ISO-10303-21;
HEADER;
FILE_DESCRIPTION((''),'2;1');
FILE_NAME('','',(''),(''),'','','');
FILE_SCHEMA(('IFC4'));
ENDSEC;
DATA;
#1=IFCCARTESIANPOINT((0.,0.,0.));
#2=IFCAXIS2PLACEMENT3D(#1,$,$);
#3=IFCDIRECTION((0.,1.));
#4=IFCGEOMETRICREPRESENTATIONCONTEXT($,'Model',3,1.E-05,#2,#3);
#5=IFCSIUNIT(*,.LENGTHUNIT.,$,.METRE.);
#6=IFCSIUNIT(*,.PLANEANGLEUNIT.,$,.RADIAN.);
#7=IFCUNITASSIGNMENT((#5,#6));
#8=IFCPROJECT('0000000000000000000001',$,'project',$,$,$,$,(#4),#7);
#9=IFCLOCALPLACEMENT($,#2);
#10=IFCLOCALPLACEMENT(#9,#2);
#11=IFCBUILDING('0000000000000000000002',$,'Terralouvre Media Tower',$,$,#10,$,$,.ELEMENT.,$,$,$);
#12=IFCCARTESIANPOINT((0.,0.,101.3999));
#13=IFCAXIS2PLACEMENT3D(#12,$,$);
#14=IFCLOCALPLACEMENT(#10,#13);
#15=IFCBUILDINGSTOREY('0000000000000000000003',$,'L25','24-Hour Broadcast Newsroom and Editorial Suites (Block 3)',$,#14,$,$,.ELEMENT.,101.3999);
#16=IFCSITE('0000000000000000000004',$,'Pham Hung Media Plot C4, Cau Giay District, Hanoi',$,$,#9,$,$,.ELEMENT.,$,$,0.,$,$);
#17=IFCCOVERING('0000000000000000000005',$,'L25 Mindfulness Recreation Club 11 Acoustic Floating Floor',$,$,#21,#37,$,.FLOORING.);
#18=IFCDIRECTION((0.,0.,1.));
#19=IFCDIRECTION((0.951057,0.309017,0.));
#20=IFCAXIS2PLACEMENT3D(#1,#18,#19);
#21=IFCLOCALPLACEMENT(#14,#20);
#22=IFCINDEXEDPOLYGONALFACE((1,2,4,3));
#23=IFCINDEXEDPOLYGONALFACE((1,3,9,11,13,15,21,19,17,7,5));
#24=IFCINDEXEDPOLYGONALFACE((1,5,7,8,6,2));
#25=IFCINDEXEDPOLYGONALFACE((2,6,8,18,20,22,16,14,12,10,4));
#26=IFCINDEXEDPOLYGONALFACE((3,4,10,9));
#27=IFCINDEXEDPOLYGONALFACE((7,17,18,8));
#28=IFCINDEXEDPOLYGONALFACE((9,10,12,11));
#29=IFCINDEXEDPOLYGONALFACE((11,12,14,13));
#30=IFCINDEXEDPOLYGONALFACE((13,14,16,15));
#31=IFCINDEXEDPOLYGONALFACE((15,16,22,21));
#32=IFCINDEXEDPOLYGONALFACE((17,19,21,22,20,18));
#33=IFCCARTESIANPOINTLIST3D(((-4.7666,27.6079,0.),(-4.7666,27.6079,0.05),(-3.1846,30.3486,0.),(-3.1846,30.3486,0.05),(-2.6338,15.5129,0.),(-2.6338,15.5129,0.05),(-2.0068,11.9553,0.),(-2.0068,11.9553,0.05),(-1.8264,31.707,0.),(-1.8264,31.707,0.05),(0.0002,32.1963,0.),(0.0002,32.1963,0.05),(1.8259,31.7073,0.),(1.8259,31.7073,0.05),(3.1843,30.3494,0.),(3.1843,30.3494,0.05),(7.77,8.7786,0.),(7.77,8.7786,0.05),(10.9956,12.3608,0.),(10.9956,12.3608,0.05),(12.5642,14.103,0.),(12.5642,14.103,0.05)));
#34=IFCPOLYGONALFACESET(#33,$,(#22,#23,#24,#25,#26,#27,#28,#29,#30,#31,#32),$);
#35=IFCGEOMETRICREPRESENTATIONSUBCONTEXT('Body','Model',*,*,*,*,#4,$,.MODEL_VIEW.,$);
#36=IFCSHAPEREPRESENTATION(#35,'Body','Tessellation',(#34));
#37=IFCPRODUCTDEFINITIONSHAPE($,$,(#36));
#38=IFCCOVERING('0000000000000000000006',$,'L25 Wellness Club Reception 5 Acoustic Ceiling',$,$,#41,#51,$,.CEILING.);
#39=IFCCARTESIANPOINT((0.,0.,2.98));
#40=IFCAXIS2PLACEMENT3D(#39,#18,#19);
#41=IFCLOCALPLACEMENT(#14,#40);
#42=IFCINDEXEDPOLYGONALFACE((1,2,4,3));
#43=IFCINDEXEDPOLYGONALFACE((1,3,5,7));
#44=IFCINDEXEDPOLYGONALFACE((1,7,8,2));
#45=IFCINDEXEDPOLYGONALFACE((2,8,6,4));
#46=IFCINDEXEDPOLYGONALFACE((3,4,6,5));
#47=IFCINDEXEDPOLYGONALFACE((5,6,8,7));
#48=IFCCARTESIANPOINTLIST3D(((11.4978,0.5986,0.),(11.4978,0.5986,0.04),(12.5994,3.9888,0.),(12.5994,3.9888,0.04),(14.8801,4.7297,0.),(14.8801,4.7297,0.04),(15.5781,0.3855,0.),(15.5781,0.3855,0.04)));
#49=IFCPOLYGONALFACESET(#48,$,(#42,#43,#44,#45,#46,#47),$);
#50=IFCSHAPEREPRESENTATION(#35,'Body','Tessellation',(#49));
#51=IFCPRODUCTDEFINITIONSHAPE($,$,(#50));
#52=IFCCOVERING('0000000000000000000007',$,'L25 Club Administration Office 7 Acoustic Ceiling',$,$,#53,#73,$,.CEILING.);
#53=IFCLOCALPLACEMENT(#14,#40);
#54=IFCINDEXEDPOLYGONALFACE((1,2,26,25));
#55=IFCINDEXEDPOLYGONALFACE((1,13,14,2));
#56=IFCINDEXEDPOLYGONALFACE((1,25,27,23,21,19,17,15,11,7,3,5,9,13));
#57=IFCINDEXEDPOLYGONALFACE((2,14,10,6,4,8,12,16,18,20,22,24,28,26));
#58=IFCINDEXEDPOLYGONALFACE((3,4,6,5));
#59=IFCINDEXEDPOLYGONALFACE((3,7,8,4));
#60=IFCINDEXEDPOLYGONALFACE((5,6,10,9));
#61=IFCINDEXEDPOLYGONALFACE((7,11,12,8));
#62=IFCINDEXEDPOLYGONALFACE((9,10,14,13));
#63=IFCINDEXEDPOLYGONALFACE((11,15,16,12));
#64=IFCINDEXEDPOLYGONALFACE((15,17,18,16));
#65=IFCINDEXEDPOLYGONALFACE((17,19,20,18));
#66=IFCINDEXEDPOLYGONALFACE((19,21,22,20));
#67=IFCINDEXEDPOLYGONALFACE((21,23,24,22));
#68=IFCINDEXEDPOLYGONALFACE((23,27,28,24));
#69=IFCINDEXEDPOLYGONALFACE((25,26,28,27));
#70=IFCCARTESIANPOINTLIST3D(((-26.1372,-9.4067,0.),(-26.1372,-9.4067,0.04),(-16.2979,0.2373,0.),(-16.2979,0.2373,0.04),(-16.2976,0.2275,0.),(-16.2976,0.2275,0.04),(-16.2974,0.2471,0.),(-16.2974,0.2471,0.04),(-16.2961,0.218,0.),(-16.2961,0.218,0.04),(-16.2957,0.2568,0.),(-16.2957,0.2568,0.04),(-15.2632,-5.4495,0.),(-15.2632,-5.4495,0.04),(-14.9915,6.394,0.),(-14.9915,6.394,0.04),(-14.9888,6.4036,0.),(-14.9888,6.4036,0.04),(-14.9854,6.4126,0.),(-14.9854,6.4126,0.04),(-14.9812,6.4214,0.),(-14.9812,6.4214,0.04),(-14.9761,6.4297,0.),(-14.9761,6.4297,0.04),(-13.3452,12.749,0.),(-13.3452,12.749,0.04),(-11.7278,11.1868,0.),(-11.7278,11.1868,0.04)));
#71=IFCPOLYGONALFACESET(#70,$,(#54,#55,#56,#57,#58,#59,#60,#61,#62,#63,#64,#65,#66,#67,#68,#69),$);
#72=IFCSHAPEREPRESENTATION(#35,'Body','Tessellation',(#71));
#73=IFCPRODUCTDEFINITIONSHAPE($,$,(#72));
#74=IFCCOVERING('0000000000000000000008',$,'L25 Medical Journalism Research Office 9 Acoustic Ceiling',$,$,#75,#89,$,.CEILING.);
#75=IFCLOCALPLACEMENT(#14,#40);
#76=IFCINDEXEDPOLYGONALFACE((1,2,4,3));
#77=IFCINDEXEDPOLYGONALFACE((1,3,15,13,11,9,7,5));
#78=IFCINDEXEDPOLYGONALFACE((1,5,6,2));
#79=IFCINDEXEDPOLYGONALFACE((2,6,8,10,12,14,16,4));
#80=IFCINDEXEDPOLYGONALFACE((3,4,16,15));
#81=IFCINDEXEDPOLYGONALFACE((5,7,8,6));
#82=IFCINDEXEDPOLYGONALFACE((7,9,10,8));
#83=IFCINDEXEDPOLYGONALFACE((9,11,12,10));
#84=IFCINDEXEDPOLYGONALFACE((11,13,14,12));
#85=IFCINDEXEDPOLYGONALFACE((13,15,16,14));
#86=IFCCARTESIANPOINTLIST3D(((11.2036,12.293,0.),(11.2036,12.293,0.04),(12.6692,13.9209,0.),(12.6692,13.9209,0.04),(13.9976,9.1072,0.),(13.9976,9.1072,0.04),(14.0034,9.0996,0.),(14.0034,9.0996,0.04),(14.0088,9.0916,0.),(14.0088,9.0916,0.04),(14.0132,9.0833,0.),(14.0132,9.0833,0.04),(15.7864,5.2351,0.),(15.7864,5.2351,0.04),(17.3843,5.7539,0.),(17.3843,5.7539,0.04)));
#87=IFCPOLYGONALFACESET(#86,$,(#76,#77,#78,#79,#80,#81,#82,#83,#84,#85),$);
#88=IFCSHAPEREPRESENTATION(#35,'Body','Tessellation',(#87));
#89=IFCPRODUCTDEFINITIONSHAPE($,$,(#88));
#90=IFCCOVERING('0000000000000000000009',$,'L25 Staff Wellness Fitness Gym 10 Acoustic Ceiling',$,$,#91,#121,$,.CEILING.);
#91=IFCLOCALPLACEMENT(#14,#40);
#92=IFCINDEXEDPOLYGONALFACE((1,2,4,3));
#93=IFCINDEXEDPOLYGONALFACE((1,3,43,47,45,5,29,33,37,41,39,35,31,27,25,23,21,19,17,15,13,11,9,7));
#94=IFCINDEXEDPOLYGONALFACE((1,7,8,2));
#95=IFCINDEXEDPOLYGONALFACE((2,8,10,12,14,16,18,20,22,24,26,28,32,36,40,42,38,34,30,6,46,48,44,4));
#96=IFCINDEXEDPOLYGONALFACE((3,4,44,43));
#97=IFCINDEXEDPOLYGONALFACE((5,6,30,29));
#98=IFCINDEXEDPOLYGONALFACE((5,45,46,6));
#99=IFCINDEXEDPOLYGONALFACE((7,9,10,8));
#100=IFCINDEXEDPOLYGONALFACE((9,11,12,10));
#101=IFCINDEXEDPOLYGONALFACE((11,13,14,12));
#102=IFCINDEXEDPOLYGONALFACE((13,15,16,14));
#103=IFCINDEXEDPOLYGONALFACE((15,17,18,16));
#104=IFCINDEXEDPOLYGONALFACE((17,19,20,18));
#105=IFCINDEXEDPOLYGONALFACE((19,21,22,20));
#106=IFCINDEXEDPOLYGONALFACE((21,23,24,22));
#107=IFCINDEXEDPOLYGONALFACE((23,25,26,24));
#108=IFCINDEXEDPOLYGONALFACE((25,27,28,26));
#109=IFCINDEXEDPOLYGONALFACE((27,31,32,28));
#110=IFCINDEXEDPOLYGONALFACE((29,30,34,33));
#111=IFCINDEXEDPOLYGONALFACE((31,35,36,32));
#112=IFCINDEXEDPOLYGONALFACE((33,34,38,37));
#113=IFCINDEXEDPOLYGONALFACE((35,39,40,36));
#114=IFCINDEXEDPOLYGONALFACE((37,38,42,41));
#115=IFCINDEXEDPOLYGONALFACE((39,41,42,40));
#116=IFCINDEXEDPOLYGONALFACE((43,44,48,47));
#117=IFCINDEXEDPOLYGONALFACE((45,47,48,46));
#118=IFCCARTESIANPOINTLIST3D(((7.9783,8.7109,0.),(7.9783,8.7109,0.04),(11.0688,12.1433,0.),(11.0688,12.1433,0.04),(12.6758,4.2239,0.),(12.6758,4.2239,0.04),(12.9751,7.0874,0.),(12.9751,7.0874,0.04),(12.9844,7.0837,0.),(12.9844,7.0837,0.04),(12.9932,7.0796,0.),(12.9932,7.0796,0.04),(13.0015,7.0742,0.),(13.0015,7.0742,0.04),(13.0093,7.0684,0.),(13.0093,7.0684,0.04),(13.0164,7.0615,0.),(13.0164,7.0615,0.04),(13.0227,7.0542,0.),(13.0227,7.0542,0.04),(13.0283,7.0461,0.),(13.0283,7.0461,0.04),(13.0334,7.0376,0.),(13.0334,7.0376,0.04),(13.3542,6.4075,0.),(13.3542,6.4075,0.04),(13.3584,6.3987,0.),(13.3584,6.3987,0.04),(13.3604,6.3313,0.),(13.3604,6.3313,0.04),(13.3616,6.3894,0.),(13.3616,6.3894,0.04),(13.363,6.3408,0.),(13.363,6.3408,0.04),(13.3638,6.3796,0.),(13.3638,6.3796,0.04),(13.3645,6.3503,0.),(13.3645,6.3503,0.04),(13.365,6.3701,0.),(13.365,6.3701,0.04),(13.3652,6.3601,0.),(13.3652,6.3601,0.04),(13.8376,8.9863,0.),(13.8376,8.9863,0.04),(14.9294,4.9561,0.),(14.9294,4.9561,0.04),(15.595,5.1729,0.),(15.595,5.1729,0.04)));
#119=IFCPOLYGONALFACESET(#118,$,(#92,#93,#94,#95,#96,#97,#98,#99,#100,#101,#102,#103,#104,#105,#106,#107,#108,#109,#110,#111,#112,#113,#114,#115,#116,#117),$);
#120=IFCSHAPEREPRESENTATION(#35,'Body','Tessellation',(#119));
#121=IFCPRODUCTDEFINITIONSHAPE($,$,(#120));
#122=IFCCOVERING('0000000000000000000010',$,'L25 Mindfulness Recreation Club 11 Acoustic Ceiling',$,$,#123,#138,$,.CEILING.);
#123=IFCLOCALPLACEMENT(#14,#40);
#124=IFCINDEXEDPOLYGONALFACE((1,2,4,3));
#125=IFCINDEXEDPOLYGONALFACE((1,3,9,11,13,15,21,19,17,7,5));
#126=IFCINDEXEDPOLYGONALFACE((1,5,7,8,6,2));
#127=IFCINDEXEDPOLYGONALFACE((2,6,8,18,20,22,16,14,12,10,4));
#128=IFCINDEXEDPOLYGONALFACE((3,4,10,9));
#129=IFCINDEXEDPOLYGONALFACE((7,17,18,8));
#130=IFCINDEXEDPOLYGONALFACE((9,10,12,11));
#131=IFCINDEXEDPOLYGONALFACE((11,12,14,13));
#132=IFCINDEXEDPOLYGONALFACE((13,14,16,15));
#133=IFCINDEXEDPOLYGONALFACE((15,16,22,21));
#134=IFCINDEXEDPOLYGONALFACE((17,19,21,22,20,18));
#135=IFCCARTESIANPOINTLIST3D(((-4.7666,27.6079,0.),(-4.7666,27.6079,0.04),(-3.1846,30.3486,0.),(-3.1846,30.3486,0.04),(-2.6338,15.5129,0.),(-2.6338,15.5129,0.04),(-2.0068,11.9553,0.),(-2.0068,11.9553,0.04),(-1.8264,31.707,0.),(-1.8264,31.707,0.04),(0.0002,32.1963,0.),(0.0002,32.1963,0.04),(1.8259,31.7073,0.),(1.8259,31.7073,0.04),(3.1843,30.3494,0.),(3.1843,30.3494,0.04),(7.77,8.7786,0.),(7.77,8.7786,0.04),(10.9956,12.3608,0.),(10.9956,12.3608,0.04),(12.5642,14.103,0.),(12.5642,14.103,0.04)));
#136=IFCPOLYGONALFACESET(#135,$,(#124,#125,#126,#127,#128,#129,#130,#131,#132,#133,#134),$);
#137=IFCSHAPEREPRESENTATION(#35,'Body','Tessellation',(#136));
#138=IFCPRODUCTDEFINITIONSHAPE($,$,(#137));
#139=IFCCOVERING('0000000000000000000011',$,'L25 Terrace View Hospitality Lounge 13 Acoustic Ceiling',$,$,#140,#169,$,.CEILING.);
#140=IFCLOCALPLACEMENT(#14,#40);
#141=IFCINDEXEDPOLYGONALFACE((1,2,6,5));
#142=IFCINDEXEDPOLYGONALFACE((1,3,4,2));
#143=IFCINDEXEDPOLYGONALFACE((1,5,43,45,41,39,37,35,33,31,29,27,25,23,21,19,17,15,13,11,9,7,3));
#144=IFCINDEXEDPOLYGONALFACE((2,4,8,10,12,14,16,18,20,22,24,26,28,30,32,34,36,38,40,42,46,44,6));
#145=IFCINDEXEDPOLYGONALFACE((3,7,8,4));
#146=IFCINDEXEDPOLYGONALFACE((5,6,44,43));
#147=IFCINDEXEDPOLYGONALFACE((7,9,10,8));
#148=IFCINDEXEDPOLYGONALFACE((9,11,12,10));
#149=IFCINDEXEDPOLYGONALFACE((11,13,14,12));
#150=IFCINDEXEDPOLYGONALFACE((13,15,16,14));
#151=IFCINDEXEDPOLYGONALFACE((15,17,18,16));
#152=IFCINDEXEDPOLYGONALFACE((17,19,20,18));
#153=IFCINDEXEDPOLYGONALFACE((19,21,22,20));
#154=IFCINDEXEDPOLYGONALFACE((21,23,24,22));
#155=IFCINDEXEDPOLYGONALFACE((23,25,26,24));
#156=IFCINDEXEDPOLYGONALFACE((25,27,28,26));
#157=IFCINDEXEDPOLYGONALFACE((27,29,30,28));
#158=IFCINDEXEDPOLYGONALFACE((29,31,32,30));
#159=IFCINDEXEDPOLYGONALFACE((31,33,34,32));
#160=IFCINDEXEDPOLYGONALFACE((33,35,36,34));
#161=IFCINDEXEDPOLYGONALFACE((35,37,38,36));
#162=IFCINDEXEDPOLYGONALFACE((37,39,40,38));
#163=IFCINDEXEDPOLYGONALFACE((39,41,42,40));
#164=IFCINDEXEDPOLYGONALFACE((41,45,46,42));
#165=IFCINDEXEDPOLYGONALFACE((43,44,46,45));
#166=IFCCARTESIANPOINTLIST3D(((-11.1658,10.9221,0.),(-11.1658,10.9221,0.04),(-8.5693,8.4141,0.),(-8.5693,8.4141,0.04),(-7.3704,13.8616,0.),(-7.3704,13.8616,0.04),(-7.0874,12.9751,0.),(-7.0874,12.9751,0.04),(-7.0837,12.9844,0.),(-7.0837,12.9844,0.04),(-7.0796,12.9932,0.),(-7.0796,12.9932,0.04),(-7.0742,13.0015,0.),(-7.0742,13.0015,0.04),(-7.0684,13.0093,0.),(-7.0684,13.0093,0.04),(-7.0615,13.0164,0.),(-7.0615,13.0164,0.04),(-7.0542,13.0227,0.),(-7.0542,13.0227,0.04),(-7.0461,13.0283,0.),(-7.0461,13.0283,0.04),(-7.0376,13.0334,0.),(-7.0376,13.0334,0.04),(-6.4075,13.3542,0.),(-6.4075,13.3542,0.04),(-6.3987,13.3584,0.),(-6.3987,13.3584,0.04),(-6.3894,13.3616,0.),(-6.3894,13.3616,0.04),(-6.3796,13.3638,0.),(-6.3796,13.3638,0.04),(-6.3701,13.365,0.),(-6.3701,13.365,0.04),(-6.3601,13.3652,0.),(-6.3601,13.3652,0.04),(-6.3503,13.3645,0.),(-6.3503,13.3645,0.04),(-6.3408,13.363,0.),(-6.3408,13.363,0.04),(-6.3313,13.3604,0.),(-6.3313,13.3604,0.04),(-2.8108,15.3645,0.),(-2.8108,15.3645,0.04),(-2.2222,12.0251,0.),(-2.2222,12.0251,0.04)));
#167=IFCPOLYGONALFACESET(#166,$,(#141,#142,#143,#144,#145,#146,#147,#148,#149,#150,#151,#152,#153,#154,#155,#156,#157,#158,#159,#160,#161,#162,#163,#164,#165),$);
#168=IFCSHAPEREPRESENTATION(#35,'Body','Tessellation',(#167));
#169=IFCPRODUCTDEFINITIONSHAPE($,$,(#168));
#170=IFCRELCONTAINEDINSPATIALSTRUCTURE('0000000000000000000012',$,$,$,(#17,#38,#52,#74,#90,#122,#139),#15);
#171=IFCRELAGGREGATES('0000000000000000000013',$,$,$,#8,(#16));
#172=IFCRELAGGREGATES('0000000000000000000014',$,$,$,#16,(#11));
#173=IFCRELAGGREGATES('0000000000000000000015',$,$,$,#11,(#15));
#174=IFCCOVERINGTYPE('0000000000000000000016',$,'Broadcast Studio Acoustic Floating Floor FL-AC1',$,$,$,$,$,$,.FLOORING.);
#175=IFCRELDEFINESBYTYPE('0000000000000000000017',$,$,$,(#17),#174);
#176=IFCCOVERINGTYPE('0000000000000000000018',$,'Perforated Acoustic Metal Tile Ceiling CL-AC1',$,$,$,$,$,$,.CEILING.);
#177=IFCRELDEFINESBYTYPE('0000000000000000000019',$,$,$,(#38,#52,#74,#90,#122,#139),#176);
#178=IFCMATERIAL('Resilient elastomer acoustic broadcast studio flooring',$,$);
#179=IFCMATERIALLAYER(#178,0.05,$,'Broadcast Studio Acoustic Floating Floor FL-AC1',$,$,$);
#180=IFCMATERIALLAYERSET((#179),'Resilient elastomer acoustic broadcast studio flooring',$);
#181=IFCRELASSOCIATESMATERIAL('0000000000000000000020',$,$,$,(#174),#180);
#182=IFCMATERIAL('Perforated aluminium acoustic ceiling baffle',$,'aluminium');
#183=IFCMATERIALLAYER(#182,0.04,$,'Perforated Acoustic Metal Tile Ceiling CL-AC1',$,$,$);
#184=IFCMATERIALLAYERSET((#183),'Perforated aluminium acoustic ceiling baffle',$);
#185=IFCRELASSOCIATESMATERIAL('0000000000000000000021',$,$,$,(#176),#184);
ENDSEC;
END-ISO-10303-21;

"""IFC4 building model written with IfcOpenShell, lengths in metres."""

from ifc_helpers import new_model, si_unit, direction, frame, origin, place, context, subcontext, project, spatial, polyline, outline, extrude, material, layer, layer_set, type_object, element, save


model = new_model("IFC4")

# Units and contexts
model_context = context("Model", 3, precision=1e-05, world=origin(), true_north=direction((0.0, 1.0)))
body_context = subcontext(model_context, "Body", "Model", "MODEL_VIEW")
ifc_project = project(units=[si_unit("LENGTHUNIT", "METRE"), si_unit("PLANEANGLEUNIT", "RADIAN")], contexts=[model_context])

# Site, building, storey
site_placement = place(None, origin())
site = spatial("IfcSite", under=ifc_project, at=site_placement, Name="Pham Hung Media Plot C4, Cau Giay District, Hanoi", CompositionType="ELEMENT", RefElevation=0.0)
building_placement = place(site_placement, origin())
building = spatial("IfcBuilding", under=site, at=building_placement, Name="Terralouvre Media Tower", CompositionType="ELEMENT")
storey_placement = place(building_placement, frame((0.0, 0.0, 101.3999)))
storey = spatial("IfcBuildingStorey", under=building, at=storey_placement, Name="L25", Description="24-Hour Broadcast Newsroom and Editorial Suites (Block 3)", CompositionType="ELEMENT", Elevation=101.3999)

# Coverings
ifc_material_1 = material(Name="Resilient elastomer acoustic broadcast studio flooring")
ifc_layer_1 = layer(ifc_material_1, 0.05, Name="Broadcast Studio Acoustic Floating Floor FL-AC1")
ifc_layer_set_1 = layer_set([ifc_layer_1], Name="Resilient elastomer acoustic broadcast studio flooring")
covering_type_1 = type_object("IfcCoveringType", Name="Broadcast Studio Acoustic Floating Floor FL-AC1", PredefinedType="FLOORING", material=ifc_layer_set_1)
covering_1_placement = place(storey_placement, frame((0.0, 0.0, 0.0), z_axis=(0.0, 0.0, 1.0), x_axis=(0.951057, 0.309017, 0.0)))
element("IfcCovering", 1, at=covering_1_placement, inside=storey, type_object=covering_type_1, Name="L25 Mindfulness Recreation Club 11 Acoustic Floating Floor", PredefinedType="FLOORING", context=body_context, shape_type="SweptSolid", body=[
    extrude(outline(polyline([(-2.6338, 15.5129), (-2.0068, 11.9553), (7.77, 8.7786), (10.9956, 12.3608), (12.5642, 14.103), (3.1843, 30.3494), (1.8259, 31.7073), (0.0002, 32.1963), (-1.8264, 31.707), (-3.1846, 30.3486), (-4.7666, 27.6079), (-2.6338, 15.5129)])), origin(), (0.0, 0.0, 1.0), 0.05),
])
ifc_material_2 = material(Name="Perforated aluminium acoustic ceiling baffle", Category="aluminium")
ifc_layer_2 = layer(ifc_material_2, 0.04, Name="Perforated Acoustic Metal Tile Ceiling CL-AC1")
ifc_layer_set_2 = layer_set([ifc_layer_2], Name="Perforated aluminium acoustic ceiling baffle")
covering_type_2 = type_object("IfcCoveringType", Name="Perforated Acoustic Metal Tile Ceiling CL-AC1", PredefinedType="CEILING", material=ifc_layer_set_2)
covering_2_placement = place(storey_placement, frame((0.0, 0.0, 2.98), z_axis=(0.0, 0.0, 1.0), x_axis=(0.951057, 0.309017, 0.0)))
element("IfcCovering", 2, at=covering_2_placement, inside=storey, type_object=covering_type_2, Name="L25 Wellness Club Reception 5 Acoustic Ceiling", PredefinedType="CEILING", context=body_context, shape_type="SweptSolid", body=[
    extrude(outline(polyline([(12.5994, 3.9888), (11.4978, 0.5986), (15.5781, 0.3855), (14.8801, 4.7297), (12.5994, 3.9888)])), origin(), (0.0, 0.0, 1.0), 0.04),
])
covering_3_placement = place(storey_placement, frame((0.0, 0.0, 2.98), z_axis=(0.0, 0.0, 1.0), x_axis=(0.951057, 0.309017, 0.0)))
element("IfcCovering", 3, at=covering_3_placement, inside=storey, type_object=covering_type_2, Name="L25 Club Administration Office 7 Acoustic Ceiling", PredefinedType="CEILING", context=body_context, shape_type="SweptSolid", body=[
    extrude(outline(polyline([(-16.2961, 0.218), (-16.2976, 0.2275), (-16.2979, 0.2373), (-16.2974, 0.2471), (-16.2957, 0.2568), (-14.9915, 6.394), (-14.9888, 6.4036), (-14.9854, 6.4126), (-14.9812, 6.4214), (-14.9761, 6.4297), (-11.7278, 11.1868), (-13.3452, 12.749), (-26.1372, -9.4067), (-15.2632, -5.4495), (-16.2961, 0.218)])), origin(), (0.0, 0.0, 1.0), 0.04),
])
covering_4_placement = place(storey_placement, frame((0.0, 0.0, 2.98), z_axis=(0.0, 0.0, 1.0), x_axis=(0.951057, 0.309017, 0.0)))
element("IfcCovering", 4, at=covering_4_placement, inside=storey, type_object=covering_type_2, Name="L25 Medical Journalism Research Office 9 Acoustic Ceiling", PredefinedType="CEILING", context=body_context, shape_type="SweptSolid", body=[
    extrude(outline(polyline([(13.9976, 9.1072), (14.0034, 9.0996), (14.0088, 9.0916), (14.0132, 9.0833), (15.7864, 5.2351), (17.3843, 5.7539), (12.6692, 13.9209), (11.2036, 12.293), (13.9976, 9.1072)])), origin(), (0.0, 0.0, 1.0), 0.04),
])
covering_5_placement = place(storey_placement, frame((0.0, 0.0, 2.98), z_axis=(0.0, 0.0, 1.0), x_axis=(0.951057, 0.309017, 0.0)))
element("IfcCovering", 5, at=covering_5_placement, inside=storey, type_object=covering_type_2, Name="L25 Staff Wellness Fitness Gym 10 Acoustic Ceiling", PredefinedType="CEILING", context=body_context, shape_type="SweptSolid", body=[
    extrude(outline(polyline([(15.595, 5.1729), (13.8376, 8.9863), (11.0688, 12.1433), (7.9783, 8.7109), (12.9751, 7.0874), (12.9844, 7.0837), (12.9932, 7.0796), (13.0015, 7.0742), (13.0093, 7.0684), (13.0164, 7.0615), (13.0227, 7.0542), (13.0283, 7.0461), (13.0334, 7.0376), (13.3542, 6.4075), (13.3584, 6.3987), (13.3616, 6.3894), (13.3638, 6.3796), (13.365, 6.3701), (13.3652, 6.3601), (13.3645, 6.3503), (13.363, 6.3408), (13.3604, 6.3313), (12.6758, 4.2239), (14.9294, 4.9561), (15.595, 5.1729)])), origin(), (0.0, 0.0, 1.0), 0.04),
])
covering_6_placement = place(storey_placement, frame((0.0, 0.0, 2.98), z_axis=(0.0, 0.0, 1.0), x_axis=(0.951057, 0.309017, 0.0)))
element("IfcCovering", 6, at=covering_6_placement, inside=storey, type_object=covering_type_2, Name="L25 Mindfulness Recreation Club 11 Acoustic Ceiling", PredefinedType="CEILING", context=body_context, shape_type="SweptSolid", body=[
    extrude(outline(polyline([(-2.6338, 15.5129), (-2.0068, 11.9553), (7.77, 8.7786), (10.9956, 12.3608), (12.5642, 14.103), (3.1843, 30.3494), (1.8259, 31.7073), (0.0002, 32.1963), (-1.8264, 31.707), (-3.1846, 30.3486), (-4.7666, 27.6079), (-2.6338, 15.5129)])), origin(), (0.0, 0.0, 1.0), 0.04),
])
covering_7_placement = place(storey_placement, frame((0.0, 0.0, 2.98), z_axis=(0.0, 0.0, 1.0), x_axis=(0.951057, 0.309017, 0.0)))
element("IfcCovering", 7, at=covering_7_placement, inside=storey, type_object=covering_type_2, Name="L25 Terrace View Hospitality Lounge 13 Acoustic Ceiling", PredefinedType="CEILING", context=body_context, shape_type="SweptSolid", body=[
    extrude(outline(polyline([(-7.3704, 13.8616), (-11.1658, 10.9221), (-8.5693, 8.4141), (-7.0874, 12.9751), (-7.0837, 12.9844), (-7.0796, 12.9932), (-7.0742, 13.0015), (-7.0684, 13.0093), (-7.0615, 13.0164), (-7.0542, 13.0227), (-7.0461, 13.0283), (-7.0376, 13.0334), (-6.4075, 13.3542), (-6.3987, 13.3584), (-6.3894, 13.3616), (-6.3796, 13.3638), (-6.3701, 13.365), (-6.3601, 13.3652), (-6.3503, 13.3645), (-6.3408, 13.363), (-6.3313, 13.3604), (-2.2222, 12.0251), (-2.8108, 15.3645), (-7.3704, 13.8616)])), origin(), (0.0, 0.0, 1.0), 0.04),
])

save(model, "model.ifc")
